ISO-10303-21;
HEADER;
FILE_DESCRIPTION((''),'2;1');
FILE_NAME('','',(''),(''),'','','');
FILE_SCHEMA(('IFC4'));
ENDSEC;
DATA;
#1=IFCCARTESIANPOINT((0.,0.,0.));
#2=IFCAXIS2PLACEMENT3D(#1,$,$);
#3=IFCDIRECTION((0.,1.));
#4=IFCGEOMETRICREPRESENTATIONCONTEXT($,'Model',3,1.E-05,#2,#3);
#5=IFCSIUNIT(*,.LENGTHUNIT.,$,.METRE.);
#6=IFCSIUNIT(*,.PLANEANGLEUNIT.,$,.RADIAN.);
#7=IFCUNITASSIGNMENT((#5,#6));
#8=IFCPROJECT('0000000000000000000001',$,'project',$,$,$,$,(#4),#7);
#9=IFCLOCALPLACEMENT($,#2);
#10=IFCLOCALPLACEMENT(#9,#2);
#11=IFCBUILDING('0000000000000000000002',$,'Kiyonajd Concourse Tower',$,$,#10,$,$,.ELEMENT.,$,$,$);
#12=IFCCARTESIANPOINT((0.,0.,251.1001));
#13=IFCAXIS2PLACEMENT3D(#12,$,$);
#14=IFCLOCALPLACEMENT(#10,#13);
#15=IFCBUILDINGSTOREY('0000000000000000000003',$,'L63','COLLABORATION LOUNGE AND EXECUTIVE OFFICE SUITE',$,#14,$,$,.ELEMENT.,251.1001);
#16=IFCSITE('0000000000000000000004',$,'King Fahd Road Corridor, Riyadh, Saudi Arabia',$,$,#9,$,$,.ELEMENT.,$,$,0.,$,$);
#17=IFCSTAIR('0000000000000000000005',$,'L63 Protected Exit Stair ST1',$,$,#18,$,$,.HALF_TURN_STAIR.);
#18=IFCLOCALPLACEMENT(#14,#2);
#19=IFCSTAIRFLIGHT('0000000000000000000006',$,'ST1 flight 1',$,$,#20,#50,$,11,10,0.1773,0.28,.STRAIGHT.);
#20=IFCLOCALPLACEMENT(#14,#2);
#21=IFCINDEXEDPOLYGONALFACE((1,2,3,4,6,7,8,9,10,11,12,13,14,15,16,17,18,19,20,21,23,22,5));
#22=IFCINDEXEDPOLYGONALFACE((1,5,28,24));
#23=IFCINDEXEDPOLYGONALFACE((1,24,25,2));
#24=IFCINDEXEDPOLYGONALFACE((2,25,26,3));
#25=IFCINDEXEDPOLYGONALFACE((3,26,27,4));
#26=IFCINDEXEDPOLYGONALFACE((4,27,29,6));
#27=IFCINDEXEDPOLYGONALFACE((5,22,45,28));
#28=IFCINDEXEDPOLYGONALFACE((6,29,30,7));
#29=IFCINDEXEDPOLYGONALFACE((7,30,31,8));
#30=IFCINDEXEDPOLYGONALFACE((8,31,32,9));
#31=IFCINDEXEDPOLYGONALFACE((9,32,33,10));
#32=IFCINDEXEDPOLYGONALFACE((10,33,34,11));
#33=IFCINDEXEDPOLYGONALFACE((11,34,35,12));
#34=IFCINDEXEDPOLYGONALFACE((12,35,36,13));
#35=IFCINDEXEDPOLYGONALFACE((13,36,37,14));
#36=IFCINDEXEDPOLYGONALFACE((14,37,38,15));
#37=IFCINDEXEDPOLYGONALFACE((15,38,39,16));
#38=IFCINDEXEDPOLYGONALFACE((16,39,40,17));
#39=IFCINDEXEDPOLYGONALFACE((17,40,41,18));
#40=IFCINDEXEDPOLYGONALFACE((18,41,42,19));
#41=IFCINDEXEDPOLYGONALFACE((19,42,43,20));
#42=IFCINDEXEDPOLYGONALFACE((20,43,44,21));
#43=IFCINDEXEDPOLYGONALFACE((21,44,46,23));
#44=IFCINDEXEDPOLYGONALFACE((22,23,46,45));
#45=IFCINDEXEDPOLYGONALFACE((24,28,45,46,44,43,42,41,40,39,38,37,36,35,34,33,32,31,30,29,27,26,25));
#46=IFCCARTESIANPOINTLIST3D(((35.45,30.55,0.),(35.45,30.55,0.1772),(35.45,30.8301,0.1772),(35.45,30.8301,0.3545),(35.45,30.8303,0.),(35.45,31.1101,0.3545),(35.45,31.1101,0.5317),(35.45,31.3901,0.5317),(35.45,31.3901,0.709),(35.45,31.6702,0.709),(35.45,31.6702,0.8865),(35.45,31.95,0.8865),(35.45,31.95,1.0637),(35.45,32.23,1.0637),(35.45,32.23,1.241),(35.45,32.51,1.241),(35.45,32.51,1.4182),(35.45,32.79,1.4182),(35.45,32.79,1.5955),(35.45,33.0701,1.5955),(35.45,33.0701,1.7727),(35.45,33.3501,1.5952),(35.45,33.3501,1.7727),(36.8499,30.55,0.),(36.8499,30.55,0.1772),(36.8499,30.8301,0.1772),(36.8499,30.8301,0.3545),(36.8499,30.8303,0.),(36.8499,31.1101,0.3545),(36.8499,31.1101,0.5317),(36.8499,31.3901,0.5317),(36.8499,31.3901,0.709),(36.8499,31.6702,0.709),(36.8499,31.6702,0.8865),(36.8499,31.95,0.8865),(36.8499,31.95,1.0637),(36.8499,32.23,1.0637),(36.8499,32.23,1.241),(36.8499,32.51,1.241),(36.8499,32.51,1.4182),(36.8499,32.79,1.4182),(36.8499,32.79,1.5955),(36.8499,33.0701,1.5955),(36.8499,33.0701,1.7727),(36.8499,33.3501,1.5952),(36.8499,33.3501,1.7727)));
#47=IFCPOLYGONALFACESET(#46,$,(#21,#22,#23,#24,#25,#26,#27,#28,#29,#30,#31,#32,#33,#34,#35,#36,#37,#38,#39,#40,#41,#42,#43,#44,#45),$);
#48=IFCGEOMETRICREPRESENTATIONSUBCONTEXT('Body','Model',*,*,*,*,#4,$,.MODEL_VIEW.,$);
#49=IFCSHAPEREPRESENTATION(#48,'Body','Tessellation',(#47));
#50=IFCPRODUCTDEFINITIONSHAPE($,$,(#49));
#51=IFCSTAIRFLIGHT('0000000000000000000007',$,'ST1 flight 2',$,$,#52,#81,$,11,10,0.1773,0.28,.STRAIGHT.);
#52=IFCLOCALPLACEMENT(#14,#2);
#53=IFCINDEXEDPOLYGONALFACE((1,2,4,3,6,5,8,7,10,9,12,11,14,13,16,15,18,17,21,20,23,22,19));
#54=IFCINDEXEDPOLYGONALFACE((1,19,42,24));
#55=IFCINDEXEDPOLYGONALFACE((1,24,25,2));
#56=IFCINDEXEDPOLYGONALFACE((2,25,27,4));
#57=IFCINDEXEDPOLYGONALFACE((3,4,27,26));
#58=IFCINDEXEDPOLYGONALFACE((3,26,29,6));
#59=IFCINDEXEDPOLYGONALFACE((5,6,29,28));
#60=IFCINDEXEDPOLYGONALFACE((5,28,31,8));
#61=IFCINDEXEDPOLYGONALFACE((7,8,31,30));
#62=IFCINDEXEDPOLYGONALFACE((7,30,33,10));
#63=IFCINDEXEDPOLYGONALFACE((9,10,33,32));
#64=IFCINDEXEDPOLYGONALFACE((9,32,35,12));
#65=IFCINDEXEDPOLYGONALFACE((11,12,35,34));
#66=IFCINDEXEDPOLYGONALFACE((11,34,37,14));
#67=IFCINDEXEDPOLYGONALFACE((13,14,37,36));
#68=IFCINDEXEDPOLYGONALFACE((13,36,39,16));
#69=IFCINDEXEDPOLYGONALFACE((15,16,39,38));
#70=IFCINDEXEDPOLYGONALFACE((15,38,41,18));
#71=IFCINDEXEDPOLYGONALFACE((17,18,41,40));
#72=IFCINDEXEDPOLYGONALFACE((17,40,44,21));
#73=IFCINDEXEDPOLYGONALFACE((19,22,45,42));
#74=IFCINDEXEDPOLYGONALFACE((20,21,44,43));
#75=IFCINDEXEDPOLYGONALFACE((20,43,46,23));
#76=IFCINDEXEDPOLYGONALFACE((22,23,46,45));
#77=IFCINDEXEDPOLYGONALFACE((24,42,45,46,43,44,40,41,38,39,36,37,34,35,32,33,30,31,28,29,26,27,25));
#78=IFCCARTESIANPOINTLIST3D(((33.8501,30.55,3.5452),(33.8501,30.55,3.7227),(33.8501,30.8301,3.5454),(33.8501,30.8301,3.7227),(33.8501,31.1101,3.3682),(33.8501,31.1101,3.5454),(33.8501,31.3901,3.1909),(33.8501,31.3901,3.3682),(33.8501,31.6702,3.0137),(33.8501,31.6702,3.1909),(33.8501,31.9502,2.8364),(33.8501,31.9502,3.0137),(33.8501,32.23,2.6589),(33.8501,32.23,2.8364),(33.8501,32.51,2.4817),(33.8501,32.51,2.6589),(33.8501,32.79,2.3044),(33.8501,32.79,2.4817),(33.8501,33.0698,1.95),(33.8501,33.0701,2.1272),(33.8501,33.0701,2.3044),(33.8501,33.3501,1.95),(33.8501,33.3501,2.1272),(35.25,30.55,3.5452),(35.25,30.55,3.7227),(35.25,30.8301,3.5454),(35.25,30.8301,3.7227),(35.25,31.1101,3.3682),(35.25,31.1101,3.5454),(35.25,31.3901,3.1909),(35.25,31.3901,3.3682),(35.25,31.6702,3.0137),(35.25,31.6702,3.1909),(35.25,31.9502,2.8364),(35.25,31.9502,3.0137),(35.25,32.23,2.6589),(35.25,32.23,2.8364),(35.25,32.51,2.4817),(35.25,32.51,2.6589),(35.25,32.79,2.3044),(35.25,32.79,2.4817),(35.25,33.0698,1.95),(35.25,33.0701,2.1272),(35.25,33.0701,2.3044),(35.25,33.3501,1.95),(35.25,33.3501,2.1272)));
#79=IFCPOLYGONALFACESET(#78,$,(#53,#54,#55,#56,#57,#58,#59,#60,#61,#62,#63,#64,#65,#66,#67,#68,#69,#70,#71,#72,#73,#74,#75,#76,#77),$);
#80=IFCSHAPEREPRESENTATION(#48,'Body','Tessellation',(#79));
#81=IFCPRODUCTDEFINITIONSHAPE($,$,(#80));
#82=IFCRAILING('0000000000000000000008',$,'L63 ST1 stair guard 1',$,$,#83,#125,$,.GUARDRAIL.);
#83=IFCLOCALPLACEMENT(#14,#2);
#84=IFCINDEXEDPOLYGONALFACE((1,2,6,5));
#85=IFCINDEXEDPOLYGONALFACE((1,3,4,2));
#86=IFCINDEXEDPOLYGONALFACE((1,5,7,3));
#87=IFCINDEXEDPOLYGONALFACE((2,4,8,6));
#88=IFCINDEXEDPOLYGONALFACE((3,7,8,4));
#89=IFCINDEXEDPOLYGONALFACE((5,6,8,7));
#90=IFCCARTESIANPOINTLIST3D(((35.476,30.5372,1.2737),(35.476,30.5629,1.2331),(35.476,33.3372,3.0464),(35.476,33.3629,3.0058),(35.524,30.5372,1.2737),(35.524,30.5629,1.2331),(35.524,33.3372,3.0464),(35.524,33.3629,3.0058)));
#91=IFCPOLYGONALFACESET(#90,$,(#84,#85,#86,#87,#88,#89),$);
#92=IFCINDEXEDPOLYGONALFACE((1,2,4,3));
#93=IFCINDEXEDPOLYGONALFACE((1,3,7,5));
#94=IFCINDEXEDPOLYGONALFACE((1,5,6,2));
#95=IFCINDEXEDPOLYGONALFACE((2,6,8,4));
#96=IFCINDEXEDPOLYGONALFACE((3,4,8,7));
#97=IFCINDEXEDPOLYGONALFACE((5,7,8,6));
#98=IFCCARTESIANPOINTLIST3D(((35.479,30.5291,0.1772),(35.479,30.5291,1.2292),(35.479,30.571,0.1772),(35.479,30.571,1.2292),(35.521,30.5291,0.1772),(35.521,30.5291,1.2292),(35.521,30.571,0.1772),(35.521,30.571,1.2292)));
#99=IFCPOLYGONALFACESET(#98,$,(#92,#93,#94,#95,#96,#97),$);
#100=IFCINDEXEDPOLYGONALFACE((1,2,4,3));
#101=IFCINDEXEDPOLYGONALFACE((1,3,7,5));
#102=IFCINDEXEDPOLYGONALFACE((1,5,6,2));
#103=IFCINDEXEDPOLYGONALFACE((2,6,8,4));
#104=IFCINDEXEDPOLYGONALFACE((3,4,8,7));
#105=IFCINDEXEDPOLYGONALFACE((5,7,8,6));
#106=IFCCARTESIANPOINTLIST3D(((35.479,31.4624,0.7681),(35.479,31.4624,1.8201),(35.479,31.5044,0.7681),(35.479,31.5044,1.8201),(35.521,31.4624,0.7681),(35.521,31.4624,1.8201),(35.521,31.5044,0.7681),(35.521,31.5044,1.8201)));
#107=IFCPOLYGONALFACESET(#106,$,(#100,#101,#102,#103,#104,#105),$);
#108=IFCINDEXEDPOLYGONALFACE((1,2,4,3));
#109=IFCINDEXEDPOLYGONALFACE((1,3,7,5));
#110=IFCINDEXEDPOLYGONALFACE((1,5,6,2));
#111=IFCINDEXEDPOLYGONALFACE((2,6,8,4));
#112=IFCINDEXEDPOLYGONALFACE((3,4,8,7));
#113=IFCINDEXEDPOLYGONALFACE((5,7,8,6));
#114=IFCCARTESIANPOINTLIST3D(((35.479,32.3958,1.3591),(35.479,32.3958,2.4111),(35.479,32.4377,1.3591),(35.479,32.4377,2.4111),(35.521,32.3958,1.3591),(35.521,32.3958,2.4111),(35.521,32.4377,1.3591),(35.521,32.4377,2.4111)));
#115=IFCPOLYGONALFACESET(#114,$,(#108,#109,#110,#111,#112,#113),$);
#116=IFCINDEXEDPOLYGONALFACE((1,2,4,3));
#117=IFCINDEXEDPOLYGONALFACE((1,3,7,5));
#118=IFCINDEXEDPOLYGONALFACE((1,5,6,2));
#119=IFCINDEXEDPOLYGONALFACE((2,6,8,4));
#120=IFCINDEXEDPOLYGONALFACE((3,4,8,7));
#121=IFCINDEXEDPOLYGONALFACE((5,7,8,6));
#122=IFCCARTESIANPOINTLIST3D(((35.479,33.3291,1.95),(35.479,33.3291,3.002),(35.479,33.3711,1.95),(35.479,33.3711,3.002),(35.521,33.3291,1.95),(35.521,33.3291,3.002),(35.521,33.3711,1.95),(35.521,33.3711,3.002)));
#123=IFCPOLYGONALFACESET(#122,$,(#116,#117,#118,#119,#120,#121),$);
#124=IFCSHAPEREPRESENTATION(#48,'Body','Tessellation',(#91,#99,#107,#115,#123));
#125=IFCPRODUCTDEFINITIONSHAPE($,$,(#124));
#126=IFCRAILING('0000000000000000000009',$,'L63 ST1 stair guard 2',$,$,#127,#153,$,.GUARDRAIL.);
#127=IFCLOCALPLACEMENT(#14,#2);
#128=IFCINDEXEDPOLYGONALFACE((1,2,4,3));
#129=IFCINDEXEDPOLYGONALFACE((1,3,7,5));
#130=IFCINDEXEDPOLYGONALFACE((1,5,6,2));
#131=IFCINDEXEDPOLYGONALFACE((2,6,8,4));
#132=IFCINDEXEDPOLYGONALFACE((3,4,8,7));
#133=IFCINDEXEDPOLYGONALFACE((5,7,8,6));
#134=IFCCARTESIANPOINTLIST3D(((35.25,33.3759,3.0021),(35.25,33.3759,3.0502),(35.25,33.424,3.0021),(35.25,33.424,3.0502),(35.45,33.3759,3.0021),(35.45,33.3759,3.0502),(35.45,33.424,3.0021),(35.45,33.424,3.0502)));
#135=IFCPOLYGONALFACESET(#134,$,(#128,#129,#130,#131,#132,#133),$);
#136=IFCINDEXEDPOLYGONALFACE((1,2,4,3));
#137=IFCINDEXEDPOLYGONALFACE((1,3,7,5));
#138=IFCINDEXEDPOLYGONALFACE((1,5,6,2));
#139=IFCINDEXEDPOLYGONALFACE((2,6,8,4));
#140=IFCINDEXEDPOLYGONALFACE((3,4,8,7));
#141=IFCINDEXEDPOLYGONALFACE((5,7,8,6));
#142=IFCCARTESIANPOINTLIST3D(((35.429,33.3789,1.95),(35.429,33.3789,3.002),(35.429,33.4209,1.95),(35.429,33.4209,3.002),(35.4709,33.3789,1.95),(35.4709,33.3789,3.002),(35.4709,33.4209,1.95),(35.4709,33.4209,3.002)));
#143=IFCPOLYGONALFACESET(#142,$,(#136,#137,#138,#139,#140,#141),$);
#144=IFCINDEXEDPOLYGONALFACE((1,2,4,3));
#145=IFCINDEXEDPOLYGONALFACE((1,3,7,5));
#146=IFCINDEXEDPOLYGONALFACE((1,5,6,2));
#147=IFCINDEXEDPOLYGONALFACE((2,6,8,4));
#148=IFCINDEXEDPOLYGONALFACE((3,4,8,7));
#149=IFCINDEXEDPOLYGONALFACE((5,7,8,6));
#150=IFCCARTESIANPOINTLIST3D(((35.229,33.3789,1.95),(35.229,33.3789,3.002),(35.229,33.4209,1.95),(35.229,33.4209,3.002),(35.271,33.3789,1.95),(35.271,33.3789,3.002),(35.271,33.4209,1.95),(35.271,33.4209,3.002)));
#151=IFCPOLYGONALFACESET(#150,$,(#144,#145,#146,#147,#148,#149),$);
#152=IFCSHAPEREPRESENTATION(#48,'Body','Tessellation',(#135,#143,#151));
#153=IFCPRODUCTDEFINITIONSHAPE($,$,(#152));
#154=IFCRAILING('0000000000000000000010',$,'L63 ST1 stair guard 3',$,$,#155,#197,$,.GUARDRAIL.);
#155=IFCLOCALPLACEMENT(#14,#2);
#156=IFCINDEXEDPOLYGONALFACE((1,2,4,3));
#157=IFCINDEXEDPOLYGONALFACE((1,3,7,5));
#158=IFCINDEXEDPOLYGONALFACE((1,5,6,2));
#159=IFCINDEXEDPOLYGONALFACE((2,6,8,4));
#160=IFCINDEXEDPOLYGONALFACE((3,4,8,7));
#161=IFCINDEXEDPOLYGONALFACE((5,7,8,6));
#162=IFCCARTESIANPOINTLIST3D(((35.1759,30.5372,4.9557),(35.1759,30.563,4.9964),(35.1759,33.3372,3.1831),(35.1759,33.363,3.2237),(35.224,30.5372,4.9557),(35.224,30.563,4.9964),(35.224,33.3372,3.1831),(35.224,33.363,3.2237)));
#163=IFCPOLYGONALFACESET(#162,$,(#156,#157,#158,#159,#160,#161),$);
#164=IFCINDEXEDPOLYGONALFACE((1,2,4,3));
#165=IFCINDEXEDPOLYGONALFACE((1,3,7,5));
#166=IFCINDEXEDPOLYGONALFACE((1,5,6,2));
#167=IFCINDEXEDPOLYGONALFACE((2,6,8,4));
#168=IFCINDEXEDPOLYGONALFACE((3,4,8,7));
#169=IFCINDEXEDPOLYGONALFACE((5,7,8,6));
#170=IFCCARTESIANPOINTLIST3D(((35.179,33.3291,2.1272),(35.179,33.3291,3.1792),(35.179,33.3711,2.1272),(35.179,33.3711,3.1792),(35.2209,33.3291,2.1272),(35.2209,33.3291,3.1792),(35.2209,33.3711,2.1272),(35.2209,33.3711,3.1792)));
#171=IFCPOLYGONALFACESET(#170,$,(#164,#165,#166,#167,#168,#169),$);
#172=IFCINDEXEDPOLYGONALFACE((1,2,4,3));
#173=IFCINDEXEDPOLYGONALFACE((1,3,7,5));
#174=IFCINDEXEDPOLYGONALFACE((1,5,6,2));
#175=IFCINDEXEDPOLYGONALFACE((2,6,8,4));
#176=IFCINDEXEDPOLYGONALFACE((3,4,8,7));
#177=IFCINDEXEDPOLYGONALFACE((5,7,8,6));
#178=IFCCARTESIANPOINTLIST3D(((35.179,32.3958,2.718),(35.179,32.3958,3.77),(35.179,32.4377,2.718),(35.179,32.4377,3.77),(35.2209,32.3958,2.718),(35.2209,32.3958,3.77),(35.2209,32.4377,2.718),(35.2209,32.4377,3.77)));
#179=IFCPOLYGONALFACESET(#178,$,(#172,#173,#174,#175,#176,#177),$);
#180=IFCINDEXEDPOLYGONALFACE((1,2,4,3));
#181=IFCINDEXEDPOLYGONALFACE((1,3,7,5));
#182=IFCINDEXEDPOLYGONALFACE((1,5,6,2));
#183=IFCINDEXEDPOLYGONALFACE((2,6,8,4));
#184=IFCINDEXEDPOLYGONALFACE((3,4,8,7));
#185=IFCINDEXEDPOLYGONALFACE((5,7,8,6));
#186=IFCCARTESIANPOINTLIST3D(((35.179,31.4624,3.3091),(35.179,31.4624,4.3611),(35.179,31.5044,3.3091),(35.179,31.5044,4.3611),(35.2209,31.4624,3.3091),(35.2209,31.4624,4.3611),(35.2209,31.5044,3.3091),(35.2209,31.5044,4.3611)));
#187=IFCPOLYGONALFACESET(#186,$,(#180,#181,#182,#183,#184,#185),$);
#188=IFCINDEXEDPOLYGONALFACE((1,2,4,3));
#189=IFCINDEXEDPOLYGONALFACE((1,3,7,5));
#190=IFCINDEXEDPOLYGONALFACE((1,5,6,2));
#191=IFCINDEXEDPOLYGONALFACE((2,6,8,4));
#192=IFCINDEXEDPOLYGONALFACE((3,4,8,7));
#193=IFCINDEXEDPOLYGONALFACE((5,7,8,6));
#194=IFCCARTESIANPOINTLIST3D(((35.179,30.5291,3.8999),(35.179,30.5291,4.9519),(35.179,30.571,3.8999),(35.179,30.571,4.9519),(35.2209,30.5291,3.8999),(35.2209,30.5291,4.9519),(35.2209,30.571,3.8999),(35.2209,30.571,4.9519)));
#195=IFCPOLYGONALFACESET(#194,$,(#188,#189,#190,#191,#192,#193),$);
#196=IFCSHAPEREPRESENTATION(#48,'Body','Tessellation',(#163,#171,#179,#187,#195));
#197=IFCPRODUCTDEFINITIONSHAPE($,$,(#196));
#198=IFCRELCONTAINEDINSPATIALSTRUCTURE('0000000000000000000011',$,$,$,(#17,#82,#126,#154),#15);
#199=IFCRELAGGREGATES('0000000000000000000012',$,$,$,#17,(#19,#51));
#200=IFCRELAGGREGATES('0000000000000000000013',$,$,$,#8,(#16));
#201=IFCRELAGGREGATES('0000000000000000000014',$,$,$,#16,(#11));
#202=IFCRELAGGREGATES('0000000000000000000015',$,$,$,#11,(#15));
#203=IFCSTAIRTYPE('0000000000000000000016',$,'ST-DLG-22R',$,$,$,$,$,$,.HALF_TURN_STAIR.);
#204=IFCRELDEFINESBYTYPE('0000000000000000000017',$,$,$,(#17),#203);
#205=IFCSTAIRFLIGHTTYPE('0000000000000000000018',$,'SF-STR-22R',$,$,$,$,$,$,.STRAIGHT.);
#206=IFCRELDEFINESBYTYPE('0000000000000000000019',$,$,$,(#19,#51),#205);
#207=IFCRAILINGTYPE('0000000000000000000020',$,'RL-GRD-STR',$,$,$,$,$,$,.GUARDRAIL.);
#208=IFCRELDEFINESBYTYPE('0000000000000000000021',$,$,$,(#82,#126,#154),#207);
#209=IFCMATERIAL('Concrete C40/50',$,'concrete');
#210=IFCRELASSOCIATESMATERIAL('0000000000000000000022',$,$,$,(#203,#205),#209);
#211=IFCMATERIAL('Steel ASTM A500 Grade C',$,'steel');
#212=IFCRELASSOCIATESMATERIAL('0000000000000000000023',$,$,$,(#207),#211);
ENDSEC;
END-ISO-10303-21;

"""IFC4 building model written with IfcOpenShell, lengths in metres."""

from ifc_helpers import new_model, si_unit, direction, frame, origin, origin_2d, place, context, subcontext, project, spatial, polyline, rectangle, outline, extrude, material, type_object, element, aggregate, save


model = new_model("IFC4")

# Units and contexts
model_context = context("Model", 3, precision=1e-05, world=origin(), true_north=direction((0.0, 1.0)))
body_context = subcontext(model_context, "Body", "Model", "MODEL_VIEW")
ifc_project = project(units=[si_unit("LENGTHUNIT", "METRE"), si_unit("PLANEANGLEUNIT", "RADIAN")], contexts=[model_context])

# Site, building, storey
site_placement = place(None, origin())
site = spatial("IfcSite", under=ifc_project, at=site_placement, Name="King Fahd Road Corridor, Riyadh, Saudi Arabia", CompositionType="ELEMENT", RefElevation=0.0)
building_placement = place(site_placement, origin())
building = spatial("IfcBuilding", under=site, at=building_placement, Name="Kiyonajd Concourse Tower", CompositionType="ELEMENT")
storey_placement = place(building_placement, frame((0.0, 0.0, 251.1001)))
storey = spatial("IfcBuildingStorey", under=building, at=storey_placement, Name="L63", Description="COLLABORATION LOUNGE AND EXECUTIVE OFFICE SUITE", CompositionType="ELEMENT", Elevation=251.1001)

# Stair, stair flights
ifc_material_1 = material(Name="Concrete C40/50", Category="concrete")
stair_type = type_object("IfcStairType", Name="ST-DLG-22R", PredefinedType="HALF_TURN_STAIR", material=ifc_material_1)
stair_placement = place(storey_placement, origin())
stair = element("IfcStair", 1, at=stair_placement, inside=storey, type_object=stair_type, Name="L63 Protected Exit Stair ST1", PredefinedType="HALF_TURN_STAIR")
stair_flight_type = type_object("IfcStairFlightType", Name="SF-STR-22R", PredefinedType="STRAIGHT", material=ifc_material_1)
stair_flight_1_placement = place(storey_placement, frame((36.1499, 30.55, 0.0), z_axis=(0.0, 0.0, 1.0), x_axis=(0.0, 1.0, 0.0)))
stair_flight_1 = element("IfcStairFlight", 2, at=stair_flight_1_placement, type_object=stair_flight_type, Name="ST1 flight 1", NumberOfRisers=11, NumberOfTreads=10, PredefinedType="STRAIGHT", RiserHeight=0.1773, TreadLength=0.28, context=body_context, shape_type="SweptSolid", body=[
    extrude(outline(polyline([(0.0, 0.0), (0.0, 0.1772), (0.28, 0.1772), (0.28, 0.3545), (0.5601, 0.3545), (0.5601, 0.5317), (0.8401, 0.5317), (0.8401, 0.709), (1.1201, 0.709), (1.1201, 0.8865), (1.3999, 0.8865), (1.3999, 1.0637), (1.6799, 1.0637), (1.6799, 1.241), (1.96, 1.241), (1.96, 1.4182), (2.24, 1.4182), (2.24, 1.5955), (2.52, 1.5955), (2.52, 1.7727), (2.8, 1.7727), (2.8, 1.95), (2.8, 1.5952), (0.2803, 0.0), (0.0, 0.0)])), frame((0.0, 0.7, 0.0), z_axis=(0.0, -1.0, 0.0), x_axis=(1.0, 0.0, 0.0)), (0.0, 0.0, 1.0), 1.3999),
])
stair_flight_2_placement = place(storey_placement, frame((34.55, 33.3501, 1.95), z_axis=(0.0, 0.0, 1.0), x_axis=(0.0, -1.0, 0.0)))
stair_flight_2 = element("IfcStairFlight", 3, at=stair_flight_2_placement, type_object=stair_flight_type, Name="ST1 flight 2", NumberOfRisers=11, NumberOfTreads=10, PredefinedType="STRAIGHT", RiserHeight=0.1773, TreadLength=0.28, context=body_context, shape_type="SweptSolid", body=[
    extrude(outline(polyline([(0.0, 0.0), (0.0, 0.1772), (0.28, 0.1772), (0.28, 0.3545), (0.5601, 0.3545), (0.5601, 0.5317), (0.8401, 0.5317), (0.8401, 0.709), (1.1201, 0.709), (1.1201, 0.8865), (1.3999, 0.8865), (1.3999, 1.0637), (1.6799, 1.0637), (1.6799, 1.241), (1.96, 1.241), (1.96, 1.4182), (2.24, 1.4182), (2.24, 1.5955), (2.52, 1.5955), (2.52, 1.7727), (2.8, 1.7727), (2.8, 1.95), (2.8, 1.5952), (0.2803, 0.0), (0.0, 0.0)])), frame((0.0, 0.7, 0.0), z_axis=(0.0, -1.0, 0.0), x_axis=(1.0, 0.0, 0.0)), (0.0, 0.0, 1.0), 1.3999),
])
aggregate(stair, [stair_flight_1, stair_flight_2])

# Railings
ifc_material_2 = material(Name="Steel ASTM A500 Grade C", Category="steel")
railing_type_1 = type_object("IfcRailingType", Name="RL-GRD-STR", PredefinedType="GUARDRAIL", material=ifc_material_2)
railing_1_placement = place(storey_placement, frame((35.5, 30.55, 0.1772)))
element("IfcRailing", 4, at=railing_1_placement, inside=storey, type_object=railing_type_1, Name="L63 ST1 stair guard 1", PredefinedType="GUARDRAIL", context=body_context, shape_type="SweptSolid", body=[
    extrude(rectangle(XDim=0.0481, YDim=0.0481, at=origin_2d()), frame((0.0, 0.0, 1.0762), z_axis=(0.0, 0.844909, 0.53491), x_axis=(-1.0, 0.0, 0.0)), (0.0, 0.0, 1.0), 3.314),
    extrude(rectangle(XDim=0.042, YDim=0.042, at=origin_2d()), origin(), (0.0, 0.0, 1.0), 1.052),
    extrude(rectangle(XDim=0.042, YDim=0.042, at=origin_2d()), frame((0.0, 0.9333, 0.5908)), (0.0, 0.0, 1.0), 1.052),
    extrude(rectangle(XDim=0.042, YDim=0.042, at=origin_2d()), frame((0.0, 1.8667, 1.1819)), (0.0, 0.0, 1.0), 1.052),
    extrude(rectangle(XDim=0.042, YDim=0.042, at=origin_2d()), frame((0.0, 2.8, 1.7727)), (0.0, 0.0, 1.0), 1.052),
])
railing_2_placement = place(storey_placement, frame((35.45, 33.3999, 1.95)))
element("IfcRailing", 5, at=railing_2_placement, inside=storey, type_object=railing_type_1, Name="L63 ST1 stair guard 2", PredefinedType="GUARDRAIL", context=body_context, shape_type="SweptSolid", body=[
    extrude(rectangle(XDim=0.0481, YDim=0.0481, at=origin_2d()), frame((0.0, 0.0, 1.0762), z_axis=(-1.0, 0.0, 0.0), x_axis=(0.0, -1.0, 0.0)), (0.0, 0.0, 1.0), 0.2),
    extrude(rectangle(XDim=0.042, YDim=0.042, at=origin_2d()), origin(), (0.0, 0.0, 1.0), 1.052),
    extrude(rectangle(XDim=0.042, YDim=0.042, at=origin_2d()), frame((-0.2, 0.0, 0.0)), (0.0, 0.0, 1.0), 1.052),
])
railing_3_placement = place(storey_placement, frame((35.2, 33.3501, 2.1272)))
element("IfcRailing", 6, at=railing_3_placement, inside=storey, type_object=railing_type_1, Name="L63 ST1 stair guard 3", PredefinedType="GUARDRAIL", context=body_context, shape_type="SweptSolid", body=[
    extrude(rectangle(XDim=0.0481, YDim=0.0481, at=origin_2d()), frame((0.0, 0.0, 1.0762), z_axis=(0.0, -0.844909, 0.53491), x_axis=(1.0, 0.0, 0.0)), (0.0, 0.0, 1.0), 3.314),
    extrude(rectangle(XDim=0.042, YDim=0.042, at=origin_2d()), origin(), (0.0, 0.0, 1.0), 1.052),
    extrude(rectangle(XDim=0.042, YDim=0.042, at=origin_2d()), frame((0.0, -0.9333, 0.5908)), (0.0, 0.0, 1.0), 1.052),
    extrude(rectangle(XDim=0.042, YDim=0.042, at=origin_2d()), frame((0.0, -1.8667, 1.1819)), (0.0, 0.0, 1.0), 1.052),
    extrude(rectangle(XDim=0.042, YDim=0.042, at=origin_2d()), frame((0.0, -2.8, 1.7727)), (0.0, 0.0, 1.0), 1.052),
])

save(model, "model.ifc")
